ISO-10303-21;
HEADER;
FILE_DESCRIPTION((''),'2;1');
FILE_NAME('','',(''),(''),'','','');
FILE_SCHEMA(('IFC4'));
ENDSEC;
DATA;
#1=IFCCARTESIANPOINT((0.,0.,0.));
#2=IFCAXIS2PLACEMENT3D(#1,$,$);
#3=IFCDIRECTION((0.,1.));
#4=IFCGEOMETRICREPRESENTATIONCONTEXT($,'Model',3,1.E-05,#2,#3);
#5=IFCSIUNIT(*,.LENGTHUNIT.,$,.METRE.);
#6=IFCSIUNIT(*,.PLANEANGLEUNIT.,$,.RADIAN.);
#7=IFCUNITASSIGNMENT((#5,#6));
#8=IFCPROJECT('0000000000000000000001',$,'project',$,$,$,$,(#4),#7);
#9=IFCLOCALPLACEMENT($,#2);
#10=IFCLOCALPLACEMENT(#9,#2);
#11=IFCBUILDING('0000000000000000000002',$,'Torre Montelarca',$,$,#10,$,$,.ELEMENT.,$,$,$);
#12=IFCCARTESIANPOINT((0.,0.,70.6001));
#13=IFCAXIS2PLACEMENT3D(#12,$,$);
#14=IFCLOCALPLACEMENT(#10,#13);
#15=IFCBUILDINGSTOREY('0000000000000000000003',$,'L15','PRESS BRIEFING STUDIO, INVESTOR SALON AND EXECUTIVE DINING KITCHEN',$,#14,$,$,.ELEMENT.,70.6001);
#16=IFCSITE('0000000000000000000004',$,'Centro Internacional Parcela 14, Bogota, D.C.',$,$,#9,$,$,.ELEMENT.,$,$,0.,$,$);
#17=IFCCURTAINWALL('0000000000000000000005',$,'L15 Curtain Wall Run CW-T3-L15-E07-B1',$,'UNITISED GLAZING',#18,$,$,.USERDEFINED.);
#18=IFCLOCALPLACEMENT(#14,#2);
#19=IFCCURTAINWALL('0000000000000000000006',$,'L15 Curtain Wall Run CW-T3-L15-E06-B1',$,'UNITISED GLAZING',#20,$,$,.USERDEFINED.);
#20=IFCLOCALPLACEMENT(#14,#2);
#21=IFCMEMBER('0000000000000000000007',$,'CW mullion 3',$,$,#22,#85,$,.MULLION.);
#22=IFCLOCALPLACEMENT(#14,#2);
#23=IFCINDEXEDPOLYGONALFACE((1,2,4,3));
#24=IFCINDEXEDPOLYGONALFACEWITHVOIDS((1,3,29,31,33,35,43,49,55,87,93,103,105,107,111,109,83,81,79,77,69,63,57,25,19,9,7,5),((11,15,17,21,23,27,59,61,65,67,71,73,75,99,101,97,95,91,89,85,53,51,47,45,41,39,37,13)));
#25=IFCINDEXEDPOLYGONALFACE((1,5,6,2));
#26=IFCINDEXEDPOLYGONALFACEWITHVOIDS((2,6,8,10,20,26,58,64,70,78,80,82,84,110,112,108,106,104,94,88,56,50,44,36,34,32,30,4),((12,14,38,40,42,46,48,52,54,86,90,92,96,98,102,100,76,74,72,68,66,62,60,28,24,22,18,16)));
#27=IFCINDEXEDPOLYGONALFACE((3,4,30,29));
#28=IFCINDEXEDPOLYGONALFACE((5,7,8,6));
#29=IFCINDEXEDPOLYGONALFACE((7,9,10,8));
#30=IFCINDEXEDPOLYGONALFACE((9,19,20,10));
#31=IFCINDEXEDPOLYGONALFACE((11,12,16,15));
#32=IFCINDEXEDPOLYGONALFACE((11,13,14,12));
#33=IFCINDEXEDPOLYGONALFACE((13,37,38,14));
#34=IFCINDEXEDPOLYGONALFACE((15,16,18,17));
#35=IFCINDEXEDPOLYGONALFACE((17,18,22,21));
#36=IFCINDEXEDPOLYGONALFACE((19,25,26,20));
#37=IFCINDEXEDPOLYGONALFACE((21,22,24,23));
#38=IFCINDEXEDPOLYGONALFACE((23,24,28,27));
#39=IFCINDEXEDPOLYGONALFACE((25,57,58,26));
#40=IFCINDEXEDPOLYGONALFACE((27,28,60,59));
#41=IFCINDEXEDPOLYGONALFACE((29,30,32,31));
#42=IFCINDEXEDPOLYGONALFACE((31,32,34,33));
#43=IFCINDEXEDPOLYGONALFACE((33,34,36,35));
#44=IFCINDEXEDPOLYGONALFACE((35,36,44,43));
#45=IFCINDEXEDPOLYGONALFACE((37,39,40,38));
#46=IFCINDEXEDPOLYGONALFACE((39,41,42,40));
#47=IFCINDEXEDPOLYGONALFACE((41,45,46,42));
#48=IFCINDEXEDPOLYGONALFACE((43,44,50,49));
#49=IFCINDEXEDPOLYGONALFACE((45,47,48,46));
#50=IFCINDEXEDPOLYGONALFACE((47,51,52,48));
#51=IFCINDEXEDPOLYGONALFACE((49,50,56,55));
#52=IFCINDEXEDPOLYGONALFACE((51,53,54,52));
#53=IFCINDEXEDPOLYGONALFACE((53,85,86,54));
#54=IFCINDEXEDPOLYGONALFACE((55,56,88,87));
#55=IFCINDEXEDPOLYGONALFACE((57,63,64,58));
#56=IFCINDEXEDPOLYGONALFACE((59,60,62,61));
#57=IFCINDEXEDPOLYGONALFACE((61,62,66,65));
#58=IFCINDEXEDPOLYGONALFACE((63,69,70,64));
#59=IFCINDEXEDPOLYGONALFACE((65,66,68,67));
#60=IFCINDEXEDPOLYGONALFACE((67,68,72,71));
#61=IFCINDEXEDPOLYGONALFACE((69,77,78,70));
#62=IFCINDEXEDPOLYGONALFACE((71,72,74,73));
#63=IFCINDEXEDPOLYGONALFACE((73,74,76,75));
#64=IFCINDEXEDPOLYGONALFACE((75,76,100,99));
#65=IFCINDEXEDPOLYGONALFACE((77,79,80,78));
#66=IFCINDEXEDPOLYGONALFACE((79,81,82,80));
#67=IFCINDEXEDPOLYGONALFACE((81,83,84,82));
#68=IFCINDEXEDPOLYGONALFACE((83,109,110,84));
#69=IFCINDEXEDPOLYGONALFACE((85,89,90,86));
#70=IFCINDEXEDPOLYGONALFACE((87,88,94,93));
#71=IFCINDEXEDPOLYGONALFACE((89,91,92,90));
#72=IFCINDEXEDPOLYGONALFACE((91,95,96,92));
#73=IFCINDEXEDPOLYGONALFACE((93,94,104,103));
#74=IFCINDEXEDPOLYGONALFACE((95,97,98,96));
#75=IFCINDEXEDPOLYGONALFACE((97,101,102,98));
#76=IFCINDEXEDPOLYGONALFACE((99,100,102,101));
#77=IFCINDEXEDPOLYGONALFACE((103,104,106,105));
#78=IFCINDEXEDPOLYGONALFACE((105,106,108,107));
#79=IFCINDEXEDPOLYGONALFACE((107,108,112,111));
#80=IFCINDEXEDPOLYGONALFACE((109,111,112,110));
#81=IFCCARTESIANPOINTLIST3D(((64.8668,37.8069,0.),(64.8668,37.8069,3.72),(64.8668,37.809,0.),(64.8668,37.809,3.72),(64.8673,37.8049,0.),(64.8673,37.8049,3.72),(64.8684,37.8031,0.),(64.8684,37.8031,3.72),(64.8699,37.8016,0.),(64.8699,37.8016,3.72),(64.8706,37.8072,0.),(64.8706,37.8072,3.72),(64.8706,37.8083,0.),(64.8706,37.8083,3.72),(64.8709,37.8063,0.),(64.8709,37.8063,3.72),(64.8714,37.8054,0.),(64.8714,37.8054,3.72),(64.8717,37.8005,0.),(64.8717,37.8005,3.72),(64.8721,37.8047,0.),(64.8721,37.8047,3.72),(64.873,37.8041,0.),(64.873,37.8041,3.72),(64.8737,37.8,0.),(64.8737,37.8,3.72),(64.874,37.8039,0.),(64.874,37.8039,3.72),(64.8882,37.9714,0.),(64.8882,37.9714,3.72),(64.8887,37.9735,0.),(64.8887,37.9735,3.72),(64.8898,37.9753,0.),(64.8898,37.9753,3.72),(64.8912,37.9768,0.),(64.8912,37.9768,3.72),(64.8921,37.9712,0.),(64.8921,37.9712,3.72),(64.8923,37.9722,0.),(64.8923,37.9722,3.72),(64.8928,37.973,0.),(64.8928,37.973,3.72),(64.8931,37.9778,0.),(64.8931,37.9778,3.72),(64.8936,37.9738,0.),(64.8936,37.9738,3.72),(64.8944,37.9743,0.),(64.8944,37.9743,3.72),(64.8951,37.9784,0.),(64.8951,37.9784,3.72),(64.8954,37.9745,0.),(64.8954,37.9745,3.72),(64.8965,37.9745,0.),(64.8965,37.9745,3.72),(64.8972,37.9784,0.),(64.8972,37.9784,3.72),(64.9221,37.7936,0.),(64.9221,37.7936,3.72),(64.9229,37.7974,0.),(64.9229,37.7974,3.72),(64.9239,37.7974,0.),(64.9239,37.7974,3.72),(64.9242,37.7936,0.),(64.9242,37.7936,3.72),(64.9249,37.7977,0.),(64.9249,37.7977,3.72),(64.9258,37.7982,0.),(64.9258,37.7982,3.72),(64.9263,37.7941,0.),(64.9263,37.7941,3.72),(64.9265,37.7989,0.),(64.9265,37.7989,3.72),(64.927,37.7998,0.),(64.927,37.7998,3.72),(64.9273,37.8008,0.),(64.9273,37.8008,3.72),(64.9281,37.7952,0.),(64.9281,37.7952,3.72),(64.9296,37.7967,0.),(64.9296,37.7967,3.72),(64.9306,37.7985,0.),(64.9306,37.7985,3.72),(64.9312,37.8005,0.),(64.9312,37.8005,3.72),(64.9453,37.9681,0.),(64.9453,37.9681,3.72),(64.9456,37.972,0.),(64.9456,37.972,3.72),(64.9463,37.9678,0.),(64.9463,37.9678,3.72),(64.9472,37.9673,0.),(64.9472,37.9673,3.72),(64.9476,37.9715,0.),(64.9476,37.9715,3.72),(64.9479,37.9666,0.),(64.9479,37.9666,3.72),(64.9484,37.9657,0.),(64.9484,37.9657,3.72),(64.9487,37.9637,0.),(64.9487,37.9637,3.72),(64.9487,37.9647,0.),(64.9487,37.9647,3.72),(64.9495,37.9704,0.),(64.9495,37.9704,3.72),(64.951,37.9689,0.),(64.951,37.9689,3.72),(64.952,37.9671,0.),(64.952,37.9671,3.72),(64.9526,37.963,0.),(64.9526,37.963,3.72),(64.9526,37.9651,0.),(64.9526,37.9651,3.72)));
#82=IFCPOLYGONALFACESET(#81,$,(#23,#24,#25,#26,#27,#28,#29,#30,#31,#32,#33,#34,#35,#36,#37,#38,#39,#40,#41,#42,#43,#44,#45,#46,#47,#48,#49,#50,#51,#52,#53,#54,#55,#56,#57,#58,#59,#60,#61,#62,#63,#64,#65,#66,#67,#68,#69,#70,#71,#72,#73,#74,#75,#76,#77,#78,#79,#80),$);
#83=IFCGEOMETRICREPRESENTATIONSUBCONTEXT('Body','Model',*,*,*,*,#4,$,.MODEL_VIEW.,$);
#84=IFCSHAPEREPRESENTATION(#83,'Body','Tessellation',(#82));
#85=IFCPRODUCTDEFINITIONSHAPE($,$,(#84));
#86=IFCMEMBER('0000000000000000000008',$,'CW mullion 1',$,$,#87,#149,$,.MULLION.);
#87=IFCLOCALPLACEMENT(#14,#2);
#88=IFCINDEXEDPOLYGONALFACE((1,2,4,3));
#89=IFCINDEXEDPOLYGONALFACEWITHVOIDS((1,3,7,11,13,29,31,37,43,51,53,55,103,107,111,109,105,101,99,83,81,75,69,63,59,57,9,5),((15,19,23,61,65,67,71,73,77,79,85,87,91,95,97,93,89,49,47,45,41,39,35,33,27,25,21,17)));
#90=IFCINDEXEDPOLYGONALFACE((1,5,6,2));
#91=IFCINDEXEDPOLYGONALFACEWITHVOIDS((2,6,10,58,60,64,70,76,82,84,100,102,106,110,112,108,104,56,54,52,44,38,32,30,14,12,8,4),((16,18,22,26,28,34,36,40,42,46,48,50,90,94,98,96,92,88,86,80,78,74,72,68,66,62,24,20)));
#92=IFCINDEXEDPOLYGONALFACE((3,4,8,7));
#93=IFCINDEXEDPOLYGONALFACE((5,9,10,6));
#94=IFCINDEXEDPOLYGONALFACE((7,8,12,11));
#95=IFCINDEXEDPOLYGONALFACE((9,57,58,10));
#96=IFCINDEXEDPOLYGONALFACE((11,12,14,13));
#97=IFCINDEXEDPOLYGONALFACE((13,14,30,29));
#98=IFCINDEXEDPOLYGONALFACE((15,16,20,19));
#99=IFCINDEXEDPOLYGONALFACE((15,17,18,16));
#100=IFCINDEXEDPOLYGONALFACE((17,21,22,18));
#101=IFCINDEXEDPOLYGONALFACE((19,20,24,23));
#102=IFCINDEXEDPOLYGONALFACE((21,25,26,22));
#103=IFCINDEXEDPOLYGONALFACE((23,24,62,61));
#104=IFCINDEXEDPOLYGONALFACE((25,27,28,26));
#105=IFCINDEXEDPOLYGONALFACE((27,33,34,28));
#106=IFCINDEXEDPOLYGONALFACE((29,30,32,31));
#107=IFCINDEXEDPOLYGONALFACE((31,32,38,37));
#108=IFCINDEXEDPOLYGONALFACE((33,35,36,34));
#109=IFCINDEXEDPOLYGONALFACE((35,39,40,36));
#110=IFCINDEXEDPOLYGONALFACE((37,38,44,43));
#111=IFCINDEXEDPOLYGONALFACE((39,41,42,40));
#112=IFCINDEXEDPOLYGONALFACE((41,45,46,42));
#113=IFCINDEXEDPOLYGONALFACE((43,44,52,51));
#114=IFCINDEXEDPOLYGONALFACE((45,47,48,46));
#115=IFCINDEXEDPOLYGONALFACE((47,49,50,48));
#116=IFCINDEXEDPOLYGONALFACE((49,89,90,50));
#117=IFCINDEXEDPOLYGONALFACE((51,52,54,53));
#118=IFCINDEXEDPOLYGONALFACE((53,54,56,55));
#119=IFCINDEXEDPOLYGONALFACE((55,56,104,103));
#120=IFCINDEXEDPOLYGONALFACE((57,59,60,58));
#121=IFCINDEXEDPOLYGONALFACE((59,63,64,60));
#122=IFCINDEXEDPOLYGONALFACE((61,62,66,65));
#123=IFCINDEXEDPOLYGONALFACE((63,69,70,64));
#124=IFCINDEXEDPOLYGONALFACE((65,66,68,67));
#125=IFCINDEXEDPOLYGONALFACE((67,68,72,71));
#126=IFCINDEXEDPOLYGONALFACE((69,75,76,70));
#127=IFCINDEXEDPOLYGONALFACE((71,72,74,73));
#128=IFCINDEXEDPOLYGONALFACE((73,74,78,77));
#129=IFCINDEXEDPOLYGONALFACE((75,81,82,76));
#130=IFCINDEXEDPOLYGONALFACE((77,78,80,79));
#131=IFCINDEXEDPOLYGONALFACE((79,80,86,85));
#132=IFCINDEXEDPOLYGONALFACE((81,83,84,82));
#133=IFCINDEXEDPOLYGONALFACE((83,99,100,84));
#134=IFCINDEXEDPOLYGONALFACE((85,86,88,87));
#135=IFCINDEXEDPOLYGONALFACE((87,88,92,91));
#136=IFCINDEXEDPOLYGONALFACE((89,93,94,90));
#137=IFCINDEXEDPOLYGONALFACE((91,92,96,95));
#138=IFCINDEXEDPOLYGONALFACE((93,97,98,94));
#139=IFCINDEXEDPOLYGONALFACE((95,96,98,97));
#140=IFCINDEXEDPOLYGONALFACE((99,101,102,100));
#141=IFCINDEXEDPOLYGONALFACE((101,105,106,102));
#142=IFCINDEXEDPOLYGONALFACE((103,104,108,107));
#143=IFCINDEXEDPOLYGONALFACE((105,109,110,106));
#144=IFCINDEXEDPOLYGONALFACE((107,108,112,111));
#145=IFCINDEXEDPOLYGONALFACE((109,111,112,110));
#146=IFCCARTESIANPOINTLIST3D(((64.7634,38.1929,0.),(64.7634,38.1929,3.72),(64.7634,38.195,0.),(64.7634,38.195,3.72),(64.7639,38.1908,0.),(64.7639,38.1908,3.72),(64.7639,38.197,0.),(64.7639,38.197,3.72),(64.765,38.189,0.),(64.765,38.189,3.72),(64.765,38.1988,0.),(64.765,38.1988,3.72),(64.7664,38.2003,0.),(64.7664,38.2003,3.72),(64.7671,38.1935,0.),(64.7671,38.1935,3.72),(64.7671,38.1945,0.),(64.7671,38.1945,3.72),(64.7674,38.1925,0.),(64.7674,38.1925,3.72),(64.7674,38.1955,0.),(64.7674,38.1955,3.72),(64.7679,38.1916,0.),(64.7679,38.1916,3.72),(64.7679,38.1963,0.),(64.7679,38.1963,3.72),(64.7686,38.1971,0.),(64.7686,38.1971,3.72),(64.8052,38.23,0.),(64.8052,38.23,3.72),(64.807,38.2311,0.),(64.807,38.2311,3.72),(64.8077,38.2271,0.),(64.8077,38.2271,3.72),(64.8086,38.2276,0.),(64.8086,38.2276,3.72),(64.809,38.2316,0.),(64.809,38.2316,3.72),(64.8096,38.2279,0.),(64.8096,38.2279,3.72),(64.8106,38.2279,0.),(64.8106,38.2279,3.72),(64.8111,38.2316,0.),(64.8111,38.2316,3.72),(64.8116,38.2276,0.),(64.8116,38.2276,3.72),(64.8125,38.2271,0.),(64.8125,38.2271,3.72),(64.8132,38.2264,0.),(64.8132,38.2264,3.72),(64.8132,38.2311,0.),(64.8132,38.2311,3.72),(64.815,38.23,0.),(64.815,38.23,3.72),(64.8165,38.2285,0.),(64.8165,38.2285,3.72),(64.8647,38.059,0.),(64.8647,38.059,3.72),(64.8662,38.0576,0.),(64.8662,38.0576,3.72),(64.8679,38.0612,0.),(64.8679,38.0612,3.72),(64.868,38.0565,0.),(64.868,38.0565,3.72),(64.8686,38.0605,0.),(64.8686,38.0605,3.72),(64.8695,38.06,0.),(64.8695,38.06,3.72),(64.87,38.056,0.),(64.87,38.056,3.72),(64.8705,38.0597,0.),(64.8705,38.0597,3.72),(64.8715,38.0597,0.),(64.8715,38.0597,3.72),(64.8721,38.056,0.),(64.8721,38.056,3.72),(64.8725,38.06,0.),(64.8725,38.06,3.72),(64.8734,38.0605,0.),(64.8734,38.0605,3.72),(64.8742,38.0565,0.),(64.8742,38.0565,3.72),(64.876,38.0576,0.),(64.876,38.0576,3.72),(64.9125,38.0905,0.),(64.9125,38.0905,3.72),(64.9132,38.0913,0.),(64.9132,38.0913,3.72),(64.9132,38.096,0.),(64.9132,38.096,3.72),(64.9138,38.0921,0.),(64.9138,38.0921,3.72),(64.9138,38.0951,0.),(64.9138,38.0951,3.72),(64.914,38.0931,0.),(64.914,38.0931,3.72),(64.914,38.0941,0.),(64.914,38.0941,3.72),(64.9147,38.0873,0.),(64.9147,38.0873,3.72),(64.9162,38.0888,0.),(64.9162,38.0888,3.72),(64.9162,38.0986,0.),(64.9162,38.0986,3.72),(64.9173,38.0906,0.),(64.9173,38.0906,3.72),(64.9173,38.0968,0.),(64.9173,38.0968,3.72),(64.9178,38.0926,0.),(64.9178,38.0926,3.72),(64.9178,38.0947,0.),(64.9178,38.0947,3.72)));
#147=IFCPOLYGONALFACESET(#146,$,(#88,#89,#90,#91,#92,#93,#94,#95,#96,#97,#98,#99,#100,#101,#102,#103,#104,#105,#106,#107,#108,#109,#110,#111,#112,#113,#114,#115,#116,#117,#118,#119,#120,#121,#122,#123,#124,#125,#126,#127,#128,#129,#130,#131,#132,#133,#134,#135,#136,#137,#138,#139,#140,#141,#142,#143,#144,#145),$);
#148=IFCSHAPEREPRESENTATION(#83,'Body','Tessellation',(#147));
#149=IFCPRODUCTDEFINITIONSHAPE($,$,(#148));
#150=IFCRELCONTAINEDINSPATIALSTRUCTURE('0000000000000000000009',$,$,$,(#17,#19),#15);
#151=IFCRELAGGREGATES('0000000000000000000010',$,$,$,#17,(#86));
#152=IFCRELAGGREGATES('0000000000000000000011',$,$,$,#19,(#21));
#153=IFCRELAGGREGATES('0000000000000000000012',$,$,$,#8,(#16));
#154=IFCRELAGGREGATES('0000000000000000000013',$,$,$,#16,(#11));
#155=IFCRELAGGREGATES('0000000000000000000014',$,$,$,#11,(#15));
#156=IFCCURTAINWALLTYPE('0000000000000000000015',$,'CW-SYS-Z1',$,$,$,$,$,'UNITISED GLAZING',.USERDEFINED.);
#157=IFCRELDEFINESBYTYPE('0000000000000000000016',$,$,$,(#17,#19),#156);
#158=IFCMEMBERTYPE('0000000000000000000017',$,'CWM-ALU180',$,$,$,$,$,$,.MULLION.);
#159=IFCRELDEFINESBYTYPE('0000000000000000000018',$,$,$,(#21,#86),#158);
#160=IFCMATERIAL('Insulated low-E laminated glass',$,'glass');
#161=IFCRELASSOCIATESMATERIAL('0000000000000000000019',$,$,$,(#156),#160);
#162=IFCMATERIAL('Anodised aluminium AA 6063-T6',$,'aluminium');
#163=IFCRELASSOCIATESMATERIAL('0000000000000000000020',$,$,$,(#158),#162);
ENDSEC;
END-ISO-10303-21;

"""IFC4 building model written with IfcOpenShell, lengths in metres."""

from ifc_helpers import new_model, si_unit, direction, frame, origin, origin_2d, place, context, subcontext, project, spatial, hollow_rectangle, extrude, source, transform, mapped, material, material_profile, profile_set, type_object, element, aggregate, save


model = new_model("IFC4")

# Units and contexts
model_context = context("Model", 3, precision=1e-05, world=origin(), true_north=direction((0.0, 1.0)))
body_context = subcontext(model_context, "Body", "Model", "MODEL_VIEW")
ifc_project = project(units=[si_unit("LENGTHUNIT", "METRE"), si_unit("PLANEANGLEUNIT", "RADIAN")], contexts=[model_context])

# Site, building, storey
site_placement = place(None, origin())
site = spatial("IfcSite", under=ifc_project, at=site_placement, Name="Centro Internacional Parcela 14, Bogota, D.C.", CompositionType="ELEMENT", RefElevation=0.0)
building_placement = place(site_placement, origin())
building = spatial("IfcBuilding", under=site, at=building_placement, Name="Torre Montelarca", CompositionType="ELEMENT")
storey_placement = place(building_placement, frame((0.0, 0.0, 70.6001)))
storey = spatial("IfcBuildingStorey", under=building, at=storey_placement, Name="L15", Description="PRESS BRIEFING STUDIO, INVESTOR SALON AND EXECUTIVE DINING KITCHEN", CompositionType="ELEMENT", Elevation=70.6001)

# Curtain walls
ifc_material_1 = material(Name="Insulated low-E laminated glass", Category="glass")
curtain_wall_type = type_object("IfcCurtainWallType", Name="CW-SYS-Z1", ElementType="UNITISED GLAZING", PredefinedType="USERDEFINED", material=ifc_material_1)
curtain_wall_1_placement = place(storey_placement, origin())
curtain_wall_1 = element("IfcCurtainWall", 1, at=curtain_wall_1_placement, inside=storey, type_object=curtain_wall_type, Name="L15 Curtain Wall Run CW-T3-L15-E07-B1", ObjectType="UNITISED GLAZING", PredefinedType="USERDEFINED")
ifc_material_2 = material(Name="Anodised aluminium AA 6063-T6", Category="aluminium")
curtain_wall_2_placement = place(storey_placement, origin())
curtain_wall_2 = element("IfcCurtainWall", 2, at=curtain_wall_2_placement, inside=storey, type_object=curtain_wall_type, Name="L15 Curtain Wall Run CW-T3-L15-E06-B1", ObjectType="UNITISED GLAZING", PredefinedType="USERDEFINED")

# Members
ifc_material_profile_1 = material_profile(ifc_material_2, hollow_rectangle(XDim=0.0649, YDim=0.1799, WallThickness=0.0039, InnerFilletRadius=0.0039, OuterFilletRadius=0.0081, at=origin_2d()), Name="ALU65X180X4", Category="aluminium")
ifc_profile_set_1 = profile_set([ifc_material_profile_1], Name="Anodised aluminium AA 6063-T6")
member_type_1 = type_object("IfcMemberType", Name="CWM-ALU180", PredefinedType="MULLION", material=ifc_profile_set_1)
shared_shape_1 = source(origin(), body_context, "Body", "SweptSolid", [
    extrude(hollow_rectangle(XDim=0.0649, YDim=0.1799, WallThickness=0.0039, InnerFilletRadius=0.0039, OuterFilletRadius=0.0081, at=origin_2d()), origin(), (0.0, 0.0, 1.0), 3.72),
])
member_1_placement = place(storey_placement, frame((64.9097, 37.886, 0.0), z_axis=(0.0, 0.0, 1.0), x_axis=(-0.991446, 0.130519, 0.0)))
member_1 = element("IfcMember", 3, at=member_1_placement, type_object=member_type_1, Name="CW mullion 3", PredefinedType="MULLION", context=body_context, shape_type="MappedRepresentation", body=[
    mapped(shared_shape_1, transform((0.0, 0.0, 0.0), scale=1.0)),
])
member_2_placement = place(storey_placement, frame((64.8406, 38.1438, 0.0), z_axis=(0.0, 0.0, 1.0), x_axis=(-0.793359, -0.608754, 0.0)))
member_2 = element("IfcMember", 4, at=member_2_placement, type_object=member_type_1, Name="CW mullion 1", PredefinedType="MULLION", context=body_context, shape_type="MappedRepresentation", body=[
    mapped(shared_shape_1, transform((0.0, 0.0, 0.0), scale=1.0)),
])

aggregate(curtain_wall_1, [member_2])
aggregate(curtain_wall_2, [member_1])

save(model, "model.ifc")
